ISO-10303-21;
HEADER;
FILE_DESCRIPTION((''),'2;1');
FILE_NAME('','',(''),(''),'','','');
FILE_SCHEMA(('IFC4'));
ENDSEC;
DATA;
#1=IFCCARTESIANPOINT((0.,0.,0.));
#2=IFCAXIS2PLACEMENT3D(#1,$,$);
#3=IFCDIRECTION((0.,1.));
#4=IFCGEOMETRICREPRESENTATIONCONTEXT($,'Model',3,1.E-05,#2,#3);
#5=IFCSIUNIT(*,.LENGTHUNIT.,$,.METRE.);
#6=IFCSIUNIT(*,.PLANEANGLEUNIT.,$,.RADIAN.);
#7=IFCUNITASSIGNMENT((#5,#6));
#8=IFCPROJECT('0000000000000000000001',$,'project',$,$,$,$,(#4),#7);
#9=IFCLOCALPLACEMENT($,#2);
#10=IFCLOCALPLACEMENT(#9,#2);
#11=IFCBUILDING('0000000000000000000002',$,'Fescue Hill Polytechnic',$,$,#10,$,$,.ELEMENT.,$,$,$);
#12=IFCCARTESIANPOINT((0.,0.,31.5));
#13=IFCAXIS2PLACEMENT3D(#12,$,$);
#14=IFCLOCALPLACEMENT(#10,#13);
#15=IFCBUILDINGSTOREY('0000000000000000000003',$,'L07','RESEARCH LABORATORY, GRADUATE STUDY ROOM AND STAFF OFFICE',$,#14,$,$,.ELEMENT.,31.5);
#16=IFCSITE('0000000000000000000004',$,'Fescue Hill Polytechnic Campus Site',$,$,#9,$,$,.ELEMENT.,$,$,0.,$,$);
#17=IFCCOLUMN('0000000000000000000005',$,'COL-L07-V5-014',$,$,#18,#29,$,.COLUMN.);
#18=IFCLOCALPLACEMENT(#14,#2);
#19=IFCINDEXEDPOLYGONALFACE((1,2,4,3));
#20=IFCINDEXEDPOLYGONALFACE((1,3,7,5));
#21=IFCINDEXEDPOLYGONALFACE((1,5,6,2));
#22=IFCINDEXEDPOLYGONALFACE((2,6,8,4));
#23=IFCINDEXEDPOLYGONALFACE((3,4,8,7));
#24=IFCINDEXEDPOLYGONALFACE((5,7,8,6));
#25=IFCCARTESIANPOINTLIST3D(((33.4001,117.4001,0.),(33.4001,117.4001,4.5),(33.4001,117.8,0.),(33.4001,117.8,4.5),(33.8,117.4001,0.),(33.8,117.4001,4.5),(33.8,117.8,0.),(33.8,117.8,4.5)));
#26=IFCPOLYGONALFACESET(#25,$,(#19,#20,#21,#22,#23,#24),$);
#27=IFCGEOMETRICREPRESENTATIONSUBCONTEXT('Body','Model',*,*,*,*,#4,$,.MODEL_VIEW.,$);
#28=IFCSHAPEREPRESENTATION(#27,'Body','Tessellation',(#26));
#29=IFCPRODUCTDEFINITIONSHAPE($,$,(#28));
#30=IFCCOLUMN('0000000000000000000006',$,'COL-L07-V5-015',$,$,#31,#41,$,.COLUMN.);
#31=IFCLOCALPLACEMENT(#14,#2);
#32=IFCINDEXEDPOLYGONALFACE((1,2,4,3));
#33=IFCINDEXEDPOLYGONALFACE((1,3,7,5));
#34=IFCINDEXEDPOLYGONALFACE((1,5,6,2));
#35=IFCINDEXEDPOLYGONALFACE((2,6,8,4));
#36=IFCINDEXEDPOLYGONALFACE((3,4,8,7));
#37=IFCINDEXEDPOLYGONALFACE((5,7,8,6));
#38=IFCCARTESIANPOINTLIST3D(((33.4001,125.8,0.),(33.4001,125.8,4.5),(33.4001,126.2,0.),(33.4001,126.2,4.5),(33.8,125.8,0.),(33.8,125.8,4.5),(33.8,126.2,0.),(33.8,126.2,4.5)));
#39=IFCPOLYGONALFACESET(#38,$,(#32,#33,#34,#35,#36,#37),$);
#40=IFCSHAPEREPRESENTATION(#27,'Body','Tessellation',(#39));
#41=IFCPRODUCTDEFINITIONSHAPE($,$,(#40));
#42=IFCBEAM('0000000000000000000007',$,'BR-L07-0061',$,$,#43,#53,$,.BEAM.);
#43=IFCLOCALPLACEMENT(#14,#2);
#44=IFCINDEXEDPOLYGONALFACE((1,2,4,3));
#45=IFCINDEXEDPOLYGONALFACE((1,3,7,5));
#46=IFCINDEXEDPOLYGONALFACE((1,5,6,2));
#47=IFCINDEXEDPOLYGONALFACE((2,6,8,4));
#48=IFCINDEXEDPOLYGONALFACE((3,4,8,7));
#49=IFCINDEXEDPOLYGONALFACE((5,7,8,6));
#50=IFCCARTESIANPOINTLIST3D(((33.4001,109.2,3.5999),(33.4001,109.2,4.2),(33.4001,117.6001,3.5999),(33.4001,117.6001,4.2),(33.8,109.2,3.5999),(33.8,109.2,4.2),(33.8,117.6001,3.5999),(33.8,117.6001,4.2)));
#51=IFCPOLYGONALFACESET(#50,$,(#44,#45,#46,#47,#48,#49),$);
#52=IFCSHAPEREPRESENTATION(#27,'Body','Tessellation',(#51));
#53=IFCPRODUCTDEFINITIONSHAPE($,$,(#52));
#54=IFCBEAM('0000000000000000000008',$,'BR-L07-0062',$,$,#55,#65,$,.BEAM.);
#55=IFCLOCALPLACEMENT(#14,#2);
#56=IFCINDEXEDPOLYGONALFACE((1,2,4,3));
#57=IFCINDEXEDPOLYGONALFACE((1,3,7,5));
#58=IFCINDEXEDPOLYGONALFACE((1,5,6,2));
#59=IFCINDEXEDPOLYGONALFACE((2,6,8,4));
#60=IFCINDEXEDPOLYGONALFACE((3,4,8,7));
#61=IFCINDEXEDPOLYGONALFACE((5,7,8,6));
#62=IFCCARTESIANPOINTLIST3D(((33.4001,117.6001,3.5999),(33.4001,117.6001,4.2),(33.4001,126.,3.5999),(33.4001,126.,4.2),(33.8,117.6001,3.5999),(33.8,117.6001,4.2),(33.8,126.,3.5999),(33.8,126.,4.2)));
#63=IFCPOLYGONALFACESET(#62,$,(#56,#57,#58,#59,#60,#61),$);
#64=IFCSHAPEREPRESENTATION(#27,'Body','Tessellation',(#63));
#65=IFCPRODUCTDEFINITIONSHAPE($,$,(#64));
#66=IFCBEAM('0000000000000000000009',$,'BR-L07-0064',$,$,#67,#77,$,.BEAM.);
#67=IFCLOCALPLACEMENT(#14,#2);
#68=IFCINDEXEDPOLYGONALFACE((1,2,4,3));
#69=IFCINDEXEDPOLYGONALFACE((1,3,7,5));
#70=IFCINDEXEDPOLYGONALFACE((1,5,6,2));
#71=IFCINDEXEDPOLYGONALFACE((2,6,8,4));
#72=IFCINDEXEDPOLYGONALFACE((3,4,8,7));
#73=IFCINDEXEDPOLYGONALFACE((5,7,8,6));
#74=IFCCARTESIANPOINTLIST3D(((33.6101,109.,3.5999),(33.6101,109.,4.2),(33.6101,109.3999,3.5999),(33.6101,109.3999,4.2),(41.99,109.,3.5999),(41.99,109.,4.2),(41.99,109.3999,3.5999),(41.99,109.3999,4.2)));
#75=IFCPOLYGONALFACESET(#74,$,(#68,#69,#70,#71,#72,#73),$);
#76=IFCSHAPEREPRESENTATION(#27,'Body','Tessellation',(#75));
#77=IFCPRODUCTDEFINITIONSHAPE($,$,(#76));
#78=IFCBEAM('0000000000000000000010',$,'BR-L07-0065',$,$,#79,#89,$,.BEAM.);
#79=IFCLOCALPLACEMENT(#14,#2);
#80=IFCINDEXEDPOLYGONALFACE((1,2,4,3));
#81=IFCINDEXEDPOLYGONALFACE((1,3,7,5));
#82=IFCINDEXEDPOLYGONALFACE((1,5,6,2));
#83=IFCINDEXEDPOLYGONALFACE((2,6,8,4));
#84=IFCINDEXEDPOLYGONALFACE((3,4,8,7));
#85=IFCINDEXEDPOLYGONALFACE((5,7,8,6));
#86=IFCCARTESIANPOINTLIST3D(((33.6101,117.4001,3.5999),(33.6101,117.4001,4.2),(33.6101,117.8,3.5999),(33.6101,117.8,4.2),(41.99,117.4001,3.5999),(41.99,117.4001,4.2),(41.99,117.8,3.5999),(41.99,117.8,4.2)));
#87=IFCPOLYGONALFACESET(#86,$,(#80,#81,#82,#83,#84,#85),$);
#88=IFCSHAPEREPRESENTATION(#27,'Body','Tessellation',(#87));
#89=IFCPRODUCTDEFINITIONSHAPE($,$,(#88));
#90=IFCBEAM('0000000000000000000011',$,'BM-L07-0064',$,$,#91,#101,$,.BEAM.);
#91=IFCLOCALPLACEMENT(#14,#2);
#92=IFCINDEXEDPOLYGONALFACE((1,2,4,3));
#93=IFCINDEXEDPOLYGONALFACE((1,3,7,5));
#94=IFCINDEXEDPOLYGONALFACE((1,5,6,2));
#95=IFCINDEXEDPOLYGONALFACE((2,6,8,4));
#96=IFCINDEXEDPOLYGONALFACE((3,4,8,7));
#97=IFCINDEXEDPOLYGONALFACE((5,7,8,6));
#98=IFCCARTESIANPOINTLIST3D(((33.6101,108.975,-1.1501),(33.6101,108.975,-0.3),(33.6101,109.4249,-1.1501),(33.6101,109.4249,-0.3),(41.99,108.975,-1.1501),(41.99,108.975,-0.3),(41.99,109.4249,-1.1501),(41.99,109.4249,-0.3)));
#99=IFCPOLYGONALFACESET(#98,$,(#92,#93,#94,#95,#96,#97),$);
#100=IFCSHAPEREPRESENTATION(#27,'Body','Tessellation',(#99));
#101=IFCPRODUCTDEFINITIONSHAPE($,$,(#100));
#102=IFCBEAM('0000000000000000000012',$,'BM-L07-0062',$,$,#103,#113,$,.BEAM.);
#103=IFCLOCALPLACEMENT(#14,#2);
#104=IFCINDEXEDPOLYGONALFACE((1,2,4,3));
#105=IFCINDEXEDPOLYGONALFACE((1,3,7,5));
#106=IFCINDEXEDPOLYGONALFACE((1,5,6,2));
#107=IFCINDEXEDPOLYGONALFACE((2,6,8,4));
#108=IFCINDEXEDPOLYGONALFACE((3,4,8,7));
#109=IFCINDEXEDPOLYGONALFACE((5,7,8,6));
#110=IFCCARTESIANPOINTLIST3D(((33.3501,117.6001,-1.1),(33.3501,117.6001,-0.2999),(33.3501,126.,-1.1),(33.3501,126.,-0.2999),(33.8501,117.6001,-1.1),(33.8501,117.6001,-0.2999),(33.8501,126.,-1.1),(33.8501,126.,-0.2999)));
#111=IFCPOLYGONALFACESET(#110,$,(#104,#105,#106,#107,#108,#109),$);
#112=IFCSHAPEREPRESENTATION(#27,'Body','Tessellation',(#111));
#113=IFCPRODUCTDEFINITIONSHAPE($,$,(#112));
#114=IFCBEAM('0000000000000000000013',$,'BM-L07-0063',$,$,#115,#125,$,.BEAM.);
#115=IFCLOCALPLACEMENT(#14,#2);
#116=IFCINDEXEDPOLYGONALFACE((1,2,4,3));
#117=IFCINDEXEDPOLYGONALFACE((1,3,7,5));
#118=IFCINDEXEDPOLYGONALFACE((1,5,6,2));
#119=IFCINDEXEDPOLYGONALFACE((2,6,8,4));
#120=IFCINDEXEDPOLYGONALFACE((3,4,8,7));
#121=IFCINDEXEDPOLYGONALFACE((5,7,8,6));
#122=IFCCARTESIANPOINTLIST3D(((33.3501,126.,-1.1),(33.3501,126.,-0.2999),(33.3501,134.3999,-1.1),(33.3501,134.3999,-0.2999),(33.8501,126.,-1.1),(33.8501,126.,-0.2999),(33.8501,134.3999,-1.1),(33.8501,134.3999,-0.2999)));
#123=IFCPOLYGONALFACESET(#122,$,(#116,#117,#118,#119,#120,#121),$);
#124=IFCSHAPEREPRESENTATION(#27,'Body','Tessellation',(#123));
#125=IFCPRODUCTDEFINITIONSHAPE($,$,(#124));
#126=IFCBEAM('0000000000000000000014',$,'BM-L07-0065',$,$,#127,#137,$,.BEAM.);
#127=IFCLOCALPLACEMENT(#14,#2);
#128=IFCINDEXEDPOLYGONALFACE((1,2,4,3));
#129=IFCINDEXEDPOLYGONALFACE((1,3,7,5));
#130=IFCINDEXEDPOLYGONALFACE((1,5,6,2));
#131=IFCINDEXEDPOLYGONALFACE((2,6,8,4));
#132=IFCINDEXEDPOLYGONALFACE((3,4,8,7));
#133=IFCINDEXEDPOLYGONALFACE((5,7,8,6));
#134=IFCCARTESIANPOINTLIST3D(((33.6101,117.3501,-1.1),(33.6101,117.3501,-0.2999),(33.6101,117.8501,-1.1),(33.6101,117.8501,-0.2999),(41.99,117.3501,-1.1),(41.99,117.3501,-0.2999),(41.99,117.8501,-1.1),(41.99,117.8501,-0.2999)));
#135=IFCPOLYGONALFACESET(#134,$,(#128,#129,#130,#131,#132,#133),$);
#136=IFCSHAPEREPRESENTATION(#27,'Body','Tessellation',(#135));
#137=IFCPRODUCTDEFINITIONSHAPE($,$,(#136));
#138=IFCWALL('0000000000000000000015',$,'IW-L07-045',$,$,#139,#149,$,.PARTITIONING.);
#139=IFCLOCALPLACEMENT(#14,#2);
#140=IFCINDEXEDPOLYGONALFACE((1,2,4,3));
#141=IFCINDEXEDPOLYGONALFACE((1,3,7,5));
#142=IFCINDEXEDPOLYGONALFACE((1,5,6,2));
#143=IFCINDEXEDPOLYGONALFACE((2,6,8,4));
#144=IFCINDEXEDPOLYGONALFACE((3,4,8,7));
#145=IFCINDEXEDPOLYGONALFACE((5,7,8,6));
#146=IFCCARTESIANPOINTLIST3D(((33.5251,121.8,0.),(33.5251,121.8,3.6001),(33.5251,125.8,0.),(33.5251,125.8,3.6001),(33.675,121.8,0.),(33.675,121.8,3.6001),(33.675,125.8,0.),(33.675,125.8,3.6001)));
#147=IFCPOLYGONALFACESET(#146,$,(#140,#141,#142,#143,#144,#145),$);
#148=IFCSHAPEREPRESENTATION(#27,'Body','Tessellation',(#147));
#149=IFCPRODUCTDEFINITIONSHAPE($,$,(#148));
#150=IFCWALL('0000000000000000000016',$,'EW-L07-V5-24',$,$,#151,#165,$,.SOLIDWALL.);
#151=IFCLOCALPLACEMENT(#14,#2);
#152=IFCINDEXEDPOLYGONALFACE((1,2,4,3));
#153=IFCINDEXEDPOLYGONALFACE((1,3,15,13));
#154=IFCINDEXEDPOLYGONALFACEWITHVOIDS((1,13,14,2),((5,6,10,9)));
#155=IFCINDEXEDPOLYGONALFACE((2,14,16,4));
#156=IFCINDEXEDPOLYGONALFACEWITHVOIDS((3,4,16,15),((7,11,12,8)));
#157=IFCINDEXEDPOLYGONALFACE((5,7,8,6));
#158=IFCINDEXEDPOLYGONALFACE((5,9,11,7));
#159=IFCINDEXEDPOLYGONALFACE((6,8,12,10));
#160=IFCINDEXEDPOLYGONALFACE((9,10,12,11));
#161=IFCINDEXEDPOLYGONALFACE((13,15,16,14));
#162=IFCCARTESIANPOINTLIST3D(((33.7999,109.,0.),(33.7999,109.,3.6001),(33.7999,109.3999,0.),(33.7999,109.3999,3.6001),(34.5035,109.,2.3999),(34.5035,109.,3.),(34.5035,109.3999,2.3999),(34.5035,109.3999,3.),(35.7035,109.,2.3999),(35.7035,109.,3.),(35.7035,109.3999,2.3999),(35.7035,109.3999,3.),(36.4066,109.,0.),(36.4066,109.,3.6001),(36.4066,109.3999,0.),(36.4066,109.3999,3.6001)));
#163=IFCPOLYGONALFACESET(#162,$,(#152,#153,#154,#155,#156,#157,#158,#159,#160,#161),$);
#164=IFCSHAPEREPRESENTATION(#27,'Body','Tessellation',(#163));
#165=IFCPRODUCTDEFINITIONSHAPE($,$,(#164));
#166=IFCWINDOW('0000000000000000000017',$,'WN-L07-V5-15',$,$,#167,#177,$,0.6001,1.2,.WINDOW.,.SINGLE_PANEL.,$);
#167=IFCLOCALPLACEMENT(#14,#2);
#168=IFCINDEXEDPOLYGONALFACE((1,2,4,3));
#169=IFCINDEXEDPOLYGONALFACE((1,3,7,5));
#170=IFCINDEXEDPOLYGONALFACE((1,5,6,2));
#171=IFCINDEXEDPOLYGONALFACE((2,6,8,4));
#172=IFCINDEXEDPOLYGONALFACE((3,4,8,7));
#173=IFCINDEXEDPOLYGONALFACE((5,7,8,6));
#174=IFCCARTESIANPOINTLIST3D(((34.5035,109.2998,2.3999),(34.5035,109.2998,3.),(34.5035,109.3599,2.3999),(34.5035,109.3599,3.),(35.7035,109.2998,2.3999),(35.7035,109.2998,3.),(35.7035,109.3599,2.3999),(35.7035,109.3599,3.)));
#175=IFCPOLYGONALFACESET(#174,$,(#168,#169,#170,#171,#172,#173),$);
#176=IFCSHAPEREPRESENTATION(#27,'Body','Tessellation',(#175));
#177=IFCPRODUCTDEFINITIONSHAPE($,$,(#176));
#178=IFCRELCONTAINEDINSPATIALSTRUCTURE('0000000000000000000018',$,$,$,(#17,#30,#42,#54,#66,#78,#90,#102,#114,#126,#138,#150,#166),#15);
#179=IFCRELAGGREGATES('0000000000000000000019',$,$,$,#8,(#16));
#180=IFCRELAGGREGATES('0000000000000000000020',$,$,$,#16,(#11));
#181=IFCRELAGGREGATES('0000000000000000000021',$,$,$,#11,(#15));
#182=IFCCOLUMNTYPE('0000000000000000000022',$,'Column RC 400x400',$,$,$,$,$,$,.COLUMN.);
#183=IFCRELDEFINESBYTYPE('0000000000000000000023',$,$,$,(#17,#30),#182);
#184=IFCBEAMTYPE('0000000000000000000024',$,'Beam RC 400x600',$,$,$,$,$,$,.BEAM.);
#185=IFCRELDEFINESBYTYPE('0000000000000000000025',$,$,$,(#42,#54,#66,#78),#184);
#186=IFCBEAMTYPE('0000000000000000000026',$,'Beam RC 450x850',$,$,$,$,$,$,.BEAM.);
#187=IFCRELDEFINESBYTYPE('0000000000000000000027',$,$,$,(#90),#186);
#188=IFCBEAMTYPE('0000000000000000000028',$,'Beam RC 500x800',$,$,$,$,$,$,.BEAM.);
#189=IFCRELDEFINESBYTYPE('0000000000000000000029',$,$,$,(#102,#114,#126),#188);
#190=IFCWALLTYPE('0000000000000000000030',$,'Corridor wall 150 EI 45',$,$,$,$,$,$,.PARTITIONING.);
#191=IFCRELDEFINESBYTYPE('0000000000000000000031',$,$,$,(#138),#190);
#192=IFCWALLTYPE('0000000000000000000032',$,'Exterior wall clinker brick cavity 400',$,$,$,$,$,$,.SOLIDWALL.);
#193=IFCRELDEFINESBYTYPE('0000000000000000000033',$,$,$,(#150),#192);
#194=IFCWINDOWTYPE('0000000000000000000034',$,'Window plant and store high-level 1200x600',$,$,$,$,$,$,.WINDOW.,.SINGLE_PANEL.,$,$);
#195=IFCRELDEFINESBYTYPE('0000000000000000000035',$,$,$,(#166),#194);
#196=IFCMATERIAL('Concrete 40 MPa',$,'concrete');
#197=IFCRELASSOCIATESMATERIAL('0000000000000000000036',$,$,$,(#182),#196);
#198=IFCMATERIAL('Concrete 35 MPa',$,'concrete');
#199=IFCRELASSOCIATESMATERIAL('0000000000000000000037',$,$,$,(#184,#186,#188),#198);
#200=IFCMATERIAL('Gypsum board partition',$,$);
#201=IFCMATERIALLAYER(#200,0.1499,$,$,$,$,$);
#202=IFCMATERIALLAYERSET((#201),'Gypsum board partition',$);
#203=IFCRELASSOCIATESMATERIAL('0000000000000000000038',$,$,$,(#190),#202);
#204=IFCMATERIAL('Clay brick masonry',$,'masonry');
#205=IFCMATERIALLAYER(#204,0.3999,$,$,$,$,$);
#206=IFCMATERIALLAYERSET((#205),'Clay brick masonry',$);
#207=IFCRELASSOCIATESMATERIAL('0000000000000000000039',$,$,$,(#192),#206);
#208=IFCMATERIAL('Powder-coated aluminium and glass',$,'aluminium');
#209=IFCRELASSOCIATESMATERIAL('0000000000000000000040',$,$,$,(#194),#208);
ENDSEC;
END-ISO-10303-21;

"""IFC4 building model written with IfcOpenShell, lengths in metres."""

from ifc_helpers import new_model, si_unit, direction, frame, frame_2d, origin, origin_2d, place, context, subcontext, project, spatial, rectangle, extrude, material, layer, layer_set, material_profile, profile_set, type_object, element, fill, save


model = new_model("IFC4")

# Units and contexts
model_context = context("Model", 3, precision=1e-05, world=origin(), true_north=direction((0.0, 1.0)))
body_context = subcontext(model_context, "Body", "Model", "MODEL_VIEW")
ifc_project = project(units=[si_unit("LENGTHUNIT", "METRE"), si_unit("PLANEANGLEUNIT", "RADIAN")], contexts=[model_context])

# Site, building, storey
site_placement = place(None, origin())
site = spatial("IfcSite", under=ifc_project, at=site_placement, Name="Fescue Hill Polytechnic Campus Site", CompositionType="ELEMENT", RefElevation=0.0)
building_placement = place(site_placement, origin())
building = spatial("IfcBuilding", under=site, at=building_placement, Name="Fescue Hill Polytechnic", CompositionType="ELEMENT")
storey_placement = place(building_placement, frame((0.0, 0.0, 31.5)))
storey = spatial("IfcBuildingStorey", under=building, at=storey_placement, Name="L07", Description="RESEARCH LABORATORY, GRADUATE STUDY ROOM AND STAFF OFFICE", CompositionType="ELEMENT", Elevation=31.5)

# Columns
ifc_material_1 = material(Name="Concrete 40 MPa", Category="concrete")
ifc_material_profile_1 = material_profile(ifc_material_1, rectangle(XDim=0.3999, YDim=0.3999, at=origin_2d()), Name="RC 400x400")
ifc_profile_set_1 = profile_set([ifc_material_profile_1], Name="Concrete 40 MPa")
column_type = type_object("IfcColumnType", Name="Column RC 400x400", PredefinedType="COLUMN", material=ifc_profile_set_1)
for number, where, z_axis, x_axis, name in (
    (1, (33.6001, 117.6001, 0.0), (0.0, 0.0, 1.0), (1.0, 0.0, 0.0), "COL-L07-V5-014"),
    (2, (33.6001, 126.0, 0.0), (0.0, 0.0, 1.0), (1.0, 0.0, 0.0), "COL-L07-V5-015"),
):
    element("IfcColumn", number, at=place(storey_placement, frame(where, z_axis=z_axis, x_axis=x_axis)), inside=storey, type_object=column_type, Name=name, PredefinedType="COLUMN", context=body_context, shape_type="SweptSolid", body=[
        extrude(rectangle(XDim=0.3999, YDim=0.3999, at=origin_2d()), origin(), (0.0, 0.0, 1.0), 4.5),
    ])

# Beams
ifc_material_2 = material(Name="Concrete 35 MPa", Category="concrete")
ifc_material_profile_2 = material_profile(ifc_material_2, rectangle(XDim=0.3999, YDim=0.6001, at=origin_2d()), Name="RC 400x600")
ifc_profile_set_2 = profile_set([ifc_material_profile_2], Name="Concrete 35 MPa")
beam_type_1 = type_object("IfcBeamType", Name="Beam RC 400x600", PredefinedType="BEAM", material=ifc_profile_set_2)
beam_1_placement = place(storey_placement, frame((33.6001, 109.2, 3.8999), z_axis=(0.0, 1.0, 0.0), x_axis=(-1.0, 0.0, 0.0)))
element("IfcBeam", 3, at=beam_1_placement, inside=storey, type_object=beam_type_1, Name="BR-L07-0061", PredefinedType="BEAM", context=body_context, shape_type="SweptSolid", body=[
    extrude(rectangle(XDim=0.3999, YDim=0.6001, at=origin_2d()), origin(), (0.0, 0.0, 1.0), 8.4001),
])
beam_2_placement = place(storey_placement, frame((33.6001, 117.6001, 3.8999), z_axis=(0.0, 1.0, 0.0), x_axis=(-1.0, 0.0, 0.0)))
element("IfcBeam", 4, at=beam_2_placement, inside=storey, type_object=beam_type_1, Name="BR-L07-0062", PredefinedType="BEAM", context=body_context, shape_type="SweptSolid", body=[
    extrude(rectangle(XDim=0.3999, YDim=0.6001, at=origin_2d()), origin(), (0.0, 0.0, 1.0), 8.3999),
])
for number, where, z_axis, x_axis, name in (
    (5, (33.6101, 109.2, 3.8999), (1.0, 0.0, 0.0), (0.0, 1.0, 0.0), "BR-L07-0064"),
    (6, (33.6101, 117.6001, 3.8999), (1.0, 0.0, 0.0), (0.0, 1.0, 0.0), "BR-L07-0065"),
):
    element("IfcBeam", number, at=place(storey_placement, frame(where, z_axis=z_axis, x_axis=x_axis)), inside=storey, type_object=beam_type_1, Name=name, PredefinedType="BEAM", context=body_context, shape_type="SweptSolid", body=[
        extrude(rectangle(XDim=0.3999, YDim=0.6001, at=origin_2d()), origin(), (0.0, 0.0, 1.0), 8.3799),
    ])
ifc_material_profile_3 = material_profile(ifc_material_2, rectangle(XDim=0.45, YDim=0.8501, at=origin_2d()), Name="RC 450x850")
ifc_profile_set_3 = profile_set([ifc_material_profile_3], Name="Concrete 35 MPa")
beam_type_2 = type_object("IfcBeamType", Name="Beam RC 450x850", PredefinedType="BEAM", material=ifc_profile_set_3)
beam_3_placement = place(storey_placement, frame((33.6101, 109.2, -0.7251), z_axis=(1.0, 0.0, 0.0), x_axis=(0.0, 1.0, 0.0)))
element("IfcBeam", 7, at=beam_3_placement, inside=storey, type_object=beam_type_2, Name="BM-L07-0064", PredefinedType="BEAM", context=body_context, shape_type="SweptSolid", body=[
    extrude(rectangle(XDim=0.45, YDim=0.8501, at=origin_2d()), origin(), (0.0, 0.0, 1.0), 8.3799),
])
ifc_material_profile_4 = material_profile(ifc_material_2, rectangle(XDim=0.5, YDim=0.8, at=origin_2d()), Name="RC 500x800")
ifc_profile_set_4 = profile_set([ifc_material_profile_4], Name="Concrete 35 MPa")
beam_type_3 = type_object("IfcBeamType", Name="Beam RC 500x800", PredefinedType="BEAM", material=ifc_profile_set_4)
for number, where, z_axis, x_axis, name in (
    (8, (33.6001, 117.6001, -0.7), (0.0, 1.0, 0.0), (-1.0, 0.0, 0.0), "BM-L07-0062"),
    (9, (33.6001, 126.0, -0.7), (0.0, 1.0, 0.0), (-1.0, 0.0, 0.0), "BM-L07-0063"),
):
    element("IfcBeam", number, at=place(storey_placement, frame(where, z_axis=z_axis, x_axis=x_axis)), inside=storey, type_object=beam_type_3, Name=name, PredefinedType="BEAM", context=body_context, shape_type="SweptSolid", body=[
        extrude(rectangle(XDim=0.5, YDim=0.8, at=origin_2d()), origin(), (0.0, 0.0, 1.0), 8.3999),
    ])
beam_4_placement = place(storey_placement, frame((33.6101, 117.6001, -0.7), z_axis=(1.0, 0.0, 0.0), x_axis=(0.0, 1.0, 0.0)))
element("IfcBeam", 10, at=beam_4_placement, inside=storey, type_object=beam_type_3, Name="BM-L07-0065", PredefinedType="BEAM", context=body_context, shape_type="SweptSolid", body=[
    extrude(rectangle(XDim=0.5, YDim=0.8, at=origin_2d()), origin(), (0.0, 0.0, 1.0), 8.3799),
])

# Wall
ifc_material_3 = material(Name="Gypsum board partition")
ifc_layer_1 = layer(ifc_material_3, 0.1499)
ifc_layer_set_1 = layer_set([ifc_layer_1], Name="Gypsum board partition")
wall_type_1 = type_object("IfcWallType", Name="Corridor wall 150 EI 45", PredefinedType="PARTITIONING", material=ifc_layer_set_1)
wall_1_placement = place(storey_placement, frame((33.6001, 121.8, 0.0), z_axis=(0.0, 0.0, 1.0), x_axis=(0.0, 1.0, 0.0)))
element("IfcWall", 11, at=wall_1_placement, inside=storey, type_object=wall_type_1, Name="IW-L07-045", PredefinedType="PARTITIONING", context=body_context, shape_type="SweptSolid", body=[
    extrude(rectangle(XDim=4.0, YDim=0.1499, at=frame_2d((2.0, 0.0))), origin(), (0.0, 0.0, 1.0), 3.6001),
])

# Wall, opening, window
ifc_material_4 = material(Name="Clay brick masonry", Category="masonry")
ifc_layer_2 = layer(ifc_material_4, 0.3999)
ifc_layer_set_2 = layer_set([ifc_layer_2], Name="Clay brick masonry")
wall_type_2 = type_object("IfcWallType", Name="Exterior wall clinker brick cavity 400", PredefinedType="SOLIDWALL", material=ifc_layer_set_2)
wall_2_placement = place(storey_placement, frame((33.8, 109.2, 0.0), z_axis=(0.0, 0.0, 1.0), x_axis=(1.0, 0.0, 0.0)))
wall_2 = element("IfcWall", 12, at=wall_2_placement, inside=storey, type_object=wall_type_2, Name="EW-L07-V5-24", PredefinedType="SOLIDWALL", context=body_context, shape_type="SweptSolid", body=[
    extrude(rectangle(XDim=2.6067, YDim=0.3999, at=frame_2d((1.3032, 0.0))), origin(), (0.0, 0.0, 1.0), 3.6001),
])
opening_1_placement = place(wall_2_placement, frame((0.7034, 0.0, 2.3999)))
opening_1 = element("IfcOpeningElement", 13, at=opening_1_placement, cuts=wall_2, PredefinedType="OPENING", context=body_context, shape_type="SweptSolid", body=[
    extrude(rectangle(XDim=1.2, YDim=0.6001, at=frame_2d((0.6001, 0.3))), frame((0.0, 0.21, 0.0), z_axis=(0.0, -1.0, 0.0), x_axis=(1.0, 0.0, 0.0)), (0.0, 0.0, 1.0), 0.4199),
])
ifc_material_5 = material(Name="Powder-coated aluminium and glass", Category="aluminium")
window_type = type_object("IfcWindowType", Name="Window plant and store high-level 1200x600", PartitioningType="SINGLE_PANEL", PredefinedType="WINDOW", material=ifc_material_5)
window_1_placement = place(opening_1_placement, origin())
window_1 = element("IfcWindow", 14, at=window_1_placement, inside=storey, type_object=window_type, Name="WN-L07-V5-15", OverallHeight=0.6001, OverallWidth=1.2, PartitioningType="SINGLE_PANEL", PredefinedType="WINDOW", context=body_context, shape_type="SweptSolid", body=[
    extrude(rectangle(XDim=1.2, YDim=0.6001, at=frame_2d((0.6001, 0.3))), frame((0.0, 0.1599, 0.0), z_axis=(0.0, -1.0, 0.0), x_axis=(1.0, 0.0, 0.0)), (0.0, 0.0, 1.0), 0.0601),
])
fill(opening_1, window_1)

save(model, "model.ifc")
